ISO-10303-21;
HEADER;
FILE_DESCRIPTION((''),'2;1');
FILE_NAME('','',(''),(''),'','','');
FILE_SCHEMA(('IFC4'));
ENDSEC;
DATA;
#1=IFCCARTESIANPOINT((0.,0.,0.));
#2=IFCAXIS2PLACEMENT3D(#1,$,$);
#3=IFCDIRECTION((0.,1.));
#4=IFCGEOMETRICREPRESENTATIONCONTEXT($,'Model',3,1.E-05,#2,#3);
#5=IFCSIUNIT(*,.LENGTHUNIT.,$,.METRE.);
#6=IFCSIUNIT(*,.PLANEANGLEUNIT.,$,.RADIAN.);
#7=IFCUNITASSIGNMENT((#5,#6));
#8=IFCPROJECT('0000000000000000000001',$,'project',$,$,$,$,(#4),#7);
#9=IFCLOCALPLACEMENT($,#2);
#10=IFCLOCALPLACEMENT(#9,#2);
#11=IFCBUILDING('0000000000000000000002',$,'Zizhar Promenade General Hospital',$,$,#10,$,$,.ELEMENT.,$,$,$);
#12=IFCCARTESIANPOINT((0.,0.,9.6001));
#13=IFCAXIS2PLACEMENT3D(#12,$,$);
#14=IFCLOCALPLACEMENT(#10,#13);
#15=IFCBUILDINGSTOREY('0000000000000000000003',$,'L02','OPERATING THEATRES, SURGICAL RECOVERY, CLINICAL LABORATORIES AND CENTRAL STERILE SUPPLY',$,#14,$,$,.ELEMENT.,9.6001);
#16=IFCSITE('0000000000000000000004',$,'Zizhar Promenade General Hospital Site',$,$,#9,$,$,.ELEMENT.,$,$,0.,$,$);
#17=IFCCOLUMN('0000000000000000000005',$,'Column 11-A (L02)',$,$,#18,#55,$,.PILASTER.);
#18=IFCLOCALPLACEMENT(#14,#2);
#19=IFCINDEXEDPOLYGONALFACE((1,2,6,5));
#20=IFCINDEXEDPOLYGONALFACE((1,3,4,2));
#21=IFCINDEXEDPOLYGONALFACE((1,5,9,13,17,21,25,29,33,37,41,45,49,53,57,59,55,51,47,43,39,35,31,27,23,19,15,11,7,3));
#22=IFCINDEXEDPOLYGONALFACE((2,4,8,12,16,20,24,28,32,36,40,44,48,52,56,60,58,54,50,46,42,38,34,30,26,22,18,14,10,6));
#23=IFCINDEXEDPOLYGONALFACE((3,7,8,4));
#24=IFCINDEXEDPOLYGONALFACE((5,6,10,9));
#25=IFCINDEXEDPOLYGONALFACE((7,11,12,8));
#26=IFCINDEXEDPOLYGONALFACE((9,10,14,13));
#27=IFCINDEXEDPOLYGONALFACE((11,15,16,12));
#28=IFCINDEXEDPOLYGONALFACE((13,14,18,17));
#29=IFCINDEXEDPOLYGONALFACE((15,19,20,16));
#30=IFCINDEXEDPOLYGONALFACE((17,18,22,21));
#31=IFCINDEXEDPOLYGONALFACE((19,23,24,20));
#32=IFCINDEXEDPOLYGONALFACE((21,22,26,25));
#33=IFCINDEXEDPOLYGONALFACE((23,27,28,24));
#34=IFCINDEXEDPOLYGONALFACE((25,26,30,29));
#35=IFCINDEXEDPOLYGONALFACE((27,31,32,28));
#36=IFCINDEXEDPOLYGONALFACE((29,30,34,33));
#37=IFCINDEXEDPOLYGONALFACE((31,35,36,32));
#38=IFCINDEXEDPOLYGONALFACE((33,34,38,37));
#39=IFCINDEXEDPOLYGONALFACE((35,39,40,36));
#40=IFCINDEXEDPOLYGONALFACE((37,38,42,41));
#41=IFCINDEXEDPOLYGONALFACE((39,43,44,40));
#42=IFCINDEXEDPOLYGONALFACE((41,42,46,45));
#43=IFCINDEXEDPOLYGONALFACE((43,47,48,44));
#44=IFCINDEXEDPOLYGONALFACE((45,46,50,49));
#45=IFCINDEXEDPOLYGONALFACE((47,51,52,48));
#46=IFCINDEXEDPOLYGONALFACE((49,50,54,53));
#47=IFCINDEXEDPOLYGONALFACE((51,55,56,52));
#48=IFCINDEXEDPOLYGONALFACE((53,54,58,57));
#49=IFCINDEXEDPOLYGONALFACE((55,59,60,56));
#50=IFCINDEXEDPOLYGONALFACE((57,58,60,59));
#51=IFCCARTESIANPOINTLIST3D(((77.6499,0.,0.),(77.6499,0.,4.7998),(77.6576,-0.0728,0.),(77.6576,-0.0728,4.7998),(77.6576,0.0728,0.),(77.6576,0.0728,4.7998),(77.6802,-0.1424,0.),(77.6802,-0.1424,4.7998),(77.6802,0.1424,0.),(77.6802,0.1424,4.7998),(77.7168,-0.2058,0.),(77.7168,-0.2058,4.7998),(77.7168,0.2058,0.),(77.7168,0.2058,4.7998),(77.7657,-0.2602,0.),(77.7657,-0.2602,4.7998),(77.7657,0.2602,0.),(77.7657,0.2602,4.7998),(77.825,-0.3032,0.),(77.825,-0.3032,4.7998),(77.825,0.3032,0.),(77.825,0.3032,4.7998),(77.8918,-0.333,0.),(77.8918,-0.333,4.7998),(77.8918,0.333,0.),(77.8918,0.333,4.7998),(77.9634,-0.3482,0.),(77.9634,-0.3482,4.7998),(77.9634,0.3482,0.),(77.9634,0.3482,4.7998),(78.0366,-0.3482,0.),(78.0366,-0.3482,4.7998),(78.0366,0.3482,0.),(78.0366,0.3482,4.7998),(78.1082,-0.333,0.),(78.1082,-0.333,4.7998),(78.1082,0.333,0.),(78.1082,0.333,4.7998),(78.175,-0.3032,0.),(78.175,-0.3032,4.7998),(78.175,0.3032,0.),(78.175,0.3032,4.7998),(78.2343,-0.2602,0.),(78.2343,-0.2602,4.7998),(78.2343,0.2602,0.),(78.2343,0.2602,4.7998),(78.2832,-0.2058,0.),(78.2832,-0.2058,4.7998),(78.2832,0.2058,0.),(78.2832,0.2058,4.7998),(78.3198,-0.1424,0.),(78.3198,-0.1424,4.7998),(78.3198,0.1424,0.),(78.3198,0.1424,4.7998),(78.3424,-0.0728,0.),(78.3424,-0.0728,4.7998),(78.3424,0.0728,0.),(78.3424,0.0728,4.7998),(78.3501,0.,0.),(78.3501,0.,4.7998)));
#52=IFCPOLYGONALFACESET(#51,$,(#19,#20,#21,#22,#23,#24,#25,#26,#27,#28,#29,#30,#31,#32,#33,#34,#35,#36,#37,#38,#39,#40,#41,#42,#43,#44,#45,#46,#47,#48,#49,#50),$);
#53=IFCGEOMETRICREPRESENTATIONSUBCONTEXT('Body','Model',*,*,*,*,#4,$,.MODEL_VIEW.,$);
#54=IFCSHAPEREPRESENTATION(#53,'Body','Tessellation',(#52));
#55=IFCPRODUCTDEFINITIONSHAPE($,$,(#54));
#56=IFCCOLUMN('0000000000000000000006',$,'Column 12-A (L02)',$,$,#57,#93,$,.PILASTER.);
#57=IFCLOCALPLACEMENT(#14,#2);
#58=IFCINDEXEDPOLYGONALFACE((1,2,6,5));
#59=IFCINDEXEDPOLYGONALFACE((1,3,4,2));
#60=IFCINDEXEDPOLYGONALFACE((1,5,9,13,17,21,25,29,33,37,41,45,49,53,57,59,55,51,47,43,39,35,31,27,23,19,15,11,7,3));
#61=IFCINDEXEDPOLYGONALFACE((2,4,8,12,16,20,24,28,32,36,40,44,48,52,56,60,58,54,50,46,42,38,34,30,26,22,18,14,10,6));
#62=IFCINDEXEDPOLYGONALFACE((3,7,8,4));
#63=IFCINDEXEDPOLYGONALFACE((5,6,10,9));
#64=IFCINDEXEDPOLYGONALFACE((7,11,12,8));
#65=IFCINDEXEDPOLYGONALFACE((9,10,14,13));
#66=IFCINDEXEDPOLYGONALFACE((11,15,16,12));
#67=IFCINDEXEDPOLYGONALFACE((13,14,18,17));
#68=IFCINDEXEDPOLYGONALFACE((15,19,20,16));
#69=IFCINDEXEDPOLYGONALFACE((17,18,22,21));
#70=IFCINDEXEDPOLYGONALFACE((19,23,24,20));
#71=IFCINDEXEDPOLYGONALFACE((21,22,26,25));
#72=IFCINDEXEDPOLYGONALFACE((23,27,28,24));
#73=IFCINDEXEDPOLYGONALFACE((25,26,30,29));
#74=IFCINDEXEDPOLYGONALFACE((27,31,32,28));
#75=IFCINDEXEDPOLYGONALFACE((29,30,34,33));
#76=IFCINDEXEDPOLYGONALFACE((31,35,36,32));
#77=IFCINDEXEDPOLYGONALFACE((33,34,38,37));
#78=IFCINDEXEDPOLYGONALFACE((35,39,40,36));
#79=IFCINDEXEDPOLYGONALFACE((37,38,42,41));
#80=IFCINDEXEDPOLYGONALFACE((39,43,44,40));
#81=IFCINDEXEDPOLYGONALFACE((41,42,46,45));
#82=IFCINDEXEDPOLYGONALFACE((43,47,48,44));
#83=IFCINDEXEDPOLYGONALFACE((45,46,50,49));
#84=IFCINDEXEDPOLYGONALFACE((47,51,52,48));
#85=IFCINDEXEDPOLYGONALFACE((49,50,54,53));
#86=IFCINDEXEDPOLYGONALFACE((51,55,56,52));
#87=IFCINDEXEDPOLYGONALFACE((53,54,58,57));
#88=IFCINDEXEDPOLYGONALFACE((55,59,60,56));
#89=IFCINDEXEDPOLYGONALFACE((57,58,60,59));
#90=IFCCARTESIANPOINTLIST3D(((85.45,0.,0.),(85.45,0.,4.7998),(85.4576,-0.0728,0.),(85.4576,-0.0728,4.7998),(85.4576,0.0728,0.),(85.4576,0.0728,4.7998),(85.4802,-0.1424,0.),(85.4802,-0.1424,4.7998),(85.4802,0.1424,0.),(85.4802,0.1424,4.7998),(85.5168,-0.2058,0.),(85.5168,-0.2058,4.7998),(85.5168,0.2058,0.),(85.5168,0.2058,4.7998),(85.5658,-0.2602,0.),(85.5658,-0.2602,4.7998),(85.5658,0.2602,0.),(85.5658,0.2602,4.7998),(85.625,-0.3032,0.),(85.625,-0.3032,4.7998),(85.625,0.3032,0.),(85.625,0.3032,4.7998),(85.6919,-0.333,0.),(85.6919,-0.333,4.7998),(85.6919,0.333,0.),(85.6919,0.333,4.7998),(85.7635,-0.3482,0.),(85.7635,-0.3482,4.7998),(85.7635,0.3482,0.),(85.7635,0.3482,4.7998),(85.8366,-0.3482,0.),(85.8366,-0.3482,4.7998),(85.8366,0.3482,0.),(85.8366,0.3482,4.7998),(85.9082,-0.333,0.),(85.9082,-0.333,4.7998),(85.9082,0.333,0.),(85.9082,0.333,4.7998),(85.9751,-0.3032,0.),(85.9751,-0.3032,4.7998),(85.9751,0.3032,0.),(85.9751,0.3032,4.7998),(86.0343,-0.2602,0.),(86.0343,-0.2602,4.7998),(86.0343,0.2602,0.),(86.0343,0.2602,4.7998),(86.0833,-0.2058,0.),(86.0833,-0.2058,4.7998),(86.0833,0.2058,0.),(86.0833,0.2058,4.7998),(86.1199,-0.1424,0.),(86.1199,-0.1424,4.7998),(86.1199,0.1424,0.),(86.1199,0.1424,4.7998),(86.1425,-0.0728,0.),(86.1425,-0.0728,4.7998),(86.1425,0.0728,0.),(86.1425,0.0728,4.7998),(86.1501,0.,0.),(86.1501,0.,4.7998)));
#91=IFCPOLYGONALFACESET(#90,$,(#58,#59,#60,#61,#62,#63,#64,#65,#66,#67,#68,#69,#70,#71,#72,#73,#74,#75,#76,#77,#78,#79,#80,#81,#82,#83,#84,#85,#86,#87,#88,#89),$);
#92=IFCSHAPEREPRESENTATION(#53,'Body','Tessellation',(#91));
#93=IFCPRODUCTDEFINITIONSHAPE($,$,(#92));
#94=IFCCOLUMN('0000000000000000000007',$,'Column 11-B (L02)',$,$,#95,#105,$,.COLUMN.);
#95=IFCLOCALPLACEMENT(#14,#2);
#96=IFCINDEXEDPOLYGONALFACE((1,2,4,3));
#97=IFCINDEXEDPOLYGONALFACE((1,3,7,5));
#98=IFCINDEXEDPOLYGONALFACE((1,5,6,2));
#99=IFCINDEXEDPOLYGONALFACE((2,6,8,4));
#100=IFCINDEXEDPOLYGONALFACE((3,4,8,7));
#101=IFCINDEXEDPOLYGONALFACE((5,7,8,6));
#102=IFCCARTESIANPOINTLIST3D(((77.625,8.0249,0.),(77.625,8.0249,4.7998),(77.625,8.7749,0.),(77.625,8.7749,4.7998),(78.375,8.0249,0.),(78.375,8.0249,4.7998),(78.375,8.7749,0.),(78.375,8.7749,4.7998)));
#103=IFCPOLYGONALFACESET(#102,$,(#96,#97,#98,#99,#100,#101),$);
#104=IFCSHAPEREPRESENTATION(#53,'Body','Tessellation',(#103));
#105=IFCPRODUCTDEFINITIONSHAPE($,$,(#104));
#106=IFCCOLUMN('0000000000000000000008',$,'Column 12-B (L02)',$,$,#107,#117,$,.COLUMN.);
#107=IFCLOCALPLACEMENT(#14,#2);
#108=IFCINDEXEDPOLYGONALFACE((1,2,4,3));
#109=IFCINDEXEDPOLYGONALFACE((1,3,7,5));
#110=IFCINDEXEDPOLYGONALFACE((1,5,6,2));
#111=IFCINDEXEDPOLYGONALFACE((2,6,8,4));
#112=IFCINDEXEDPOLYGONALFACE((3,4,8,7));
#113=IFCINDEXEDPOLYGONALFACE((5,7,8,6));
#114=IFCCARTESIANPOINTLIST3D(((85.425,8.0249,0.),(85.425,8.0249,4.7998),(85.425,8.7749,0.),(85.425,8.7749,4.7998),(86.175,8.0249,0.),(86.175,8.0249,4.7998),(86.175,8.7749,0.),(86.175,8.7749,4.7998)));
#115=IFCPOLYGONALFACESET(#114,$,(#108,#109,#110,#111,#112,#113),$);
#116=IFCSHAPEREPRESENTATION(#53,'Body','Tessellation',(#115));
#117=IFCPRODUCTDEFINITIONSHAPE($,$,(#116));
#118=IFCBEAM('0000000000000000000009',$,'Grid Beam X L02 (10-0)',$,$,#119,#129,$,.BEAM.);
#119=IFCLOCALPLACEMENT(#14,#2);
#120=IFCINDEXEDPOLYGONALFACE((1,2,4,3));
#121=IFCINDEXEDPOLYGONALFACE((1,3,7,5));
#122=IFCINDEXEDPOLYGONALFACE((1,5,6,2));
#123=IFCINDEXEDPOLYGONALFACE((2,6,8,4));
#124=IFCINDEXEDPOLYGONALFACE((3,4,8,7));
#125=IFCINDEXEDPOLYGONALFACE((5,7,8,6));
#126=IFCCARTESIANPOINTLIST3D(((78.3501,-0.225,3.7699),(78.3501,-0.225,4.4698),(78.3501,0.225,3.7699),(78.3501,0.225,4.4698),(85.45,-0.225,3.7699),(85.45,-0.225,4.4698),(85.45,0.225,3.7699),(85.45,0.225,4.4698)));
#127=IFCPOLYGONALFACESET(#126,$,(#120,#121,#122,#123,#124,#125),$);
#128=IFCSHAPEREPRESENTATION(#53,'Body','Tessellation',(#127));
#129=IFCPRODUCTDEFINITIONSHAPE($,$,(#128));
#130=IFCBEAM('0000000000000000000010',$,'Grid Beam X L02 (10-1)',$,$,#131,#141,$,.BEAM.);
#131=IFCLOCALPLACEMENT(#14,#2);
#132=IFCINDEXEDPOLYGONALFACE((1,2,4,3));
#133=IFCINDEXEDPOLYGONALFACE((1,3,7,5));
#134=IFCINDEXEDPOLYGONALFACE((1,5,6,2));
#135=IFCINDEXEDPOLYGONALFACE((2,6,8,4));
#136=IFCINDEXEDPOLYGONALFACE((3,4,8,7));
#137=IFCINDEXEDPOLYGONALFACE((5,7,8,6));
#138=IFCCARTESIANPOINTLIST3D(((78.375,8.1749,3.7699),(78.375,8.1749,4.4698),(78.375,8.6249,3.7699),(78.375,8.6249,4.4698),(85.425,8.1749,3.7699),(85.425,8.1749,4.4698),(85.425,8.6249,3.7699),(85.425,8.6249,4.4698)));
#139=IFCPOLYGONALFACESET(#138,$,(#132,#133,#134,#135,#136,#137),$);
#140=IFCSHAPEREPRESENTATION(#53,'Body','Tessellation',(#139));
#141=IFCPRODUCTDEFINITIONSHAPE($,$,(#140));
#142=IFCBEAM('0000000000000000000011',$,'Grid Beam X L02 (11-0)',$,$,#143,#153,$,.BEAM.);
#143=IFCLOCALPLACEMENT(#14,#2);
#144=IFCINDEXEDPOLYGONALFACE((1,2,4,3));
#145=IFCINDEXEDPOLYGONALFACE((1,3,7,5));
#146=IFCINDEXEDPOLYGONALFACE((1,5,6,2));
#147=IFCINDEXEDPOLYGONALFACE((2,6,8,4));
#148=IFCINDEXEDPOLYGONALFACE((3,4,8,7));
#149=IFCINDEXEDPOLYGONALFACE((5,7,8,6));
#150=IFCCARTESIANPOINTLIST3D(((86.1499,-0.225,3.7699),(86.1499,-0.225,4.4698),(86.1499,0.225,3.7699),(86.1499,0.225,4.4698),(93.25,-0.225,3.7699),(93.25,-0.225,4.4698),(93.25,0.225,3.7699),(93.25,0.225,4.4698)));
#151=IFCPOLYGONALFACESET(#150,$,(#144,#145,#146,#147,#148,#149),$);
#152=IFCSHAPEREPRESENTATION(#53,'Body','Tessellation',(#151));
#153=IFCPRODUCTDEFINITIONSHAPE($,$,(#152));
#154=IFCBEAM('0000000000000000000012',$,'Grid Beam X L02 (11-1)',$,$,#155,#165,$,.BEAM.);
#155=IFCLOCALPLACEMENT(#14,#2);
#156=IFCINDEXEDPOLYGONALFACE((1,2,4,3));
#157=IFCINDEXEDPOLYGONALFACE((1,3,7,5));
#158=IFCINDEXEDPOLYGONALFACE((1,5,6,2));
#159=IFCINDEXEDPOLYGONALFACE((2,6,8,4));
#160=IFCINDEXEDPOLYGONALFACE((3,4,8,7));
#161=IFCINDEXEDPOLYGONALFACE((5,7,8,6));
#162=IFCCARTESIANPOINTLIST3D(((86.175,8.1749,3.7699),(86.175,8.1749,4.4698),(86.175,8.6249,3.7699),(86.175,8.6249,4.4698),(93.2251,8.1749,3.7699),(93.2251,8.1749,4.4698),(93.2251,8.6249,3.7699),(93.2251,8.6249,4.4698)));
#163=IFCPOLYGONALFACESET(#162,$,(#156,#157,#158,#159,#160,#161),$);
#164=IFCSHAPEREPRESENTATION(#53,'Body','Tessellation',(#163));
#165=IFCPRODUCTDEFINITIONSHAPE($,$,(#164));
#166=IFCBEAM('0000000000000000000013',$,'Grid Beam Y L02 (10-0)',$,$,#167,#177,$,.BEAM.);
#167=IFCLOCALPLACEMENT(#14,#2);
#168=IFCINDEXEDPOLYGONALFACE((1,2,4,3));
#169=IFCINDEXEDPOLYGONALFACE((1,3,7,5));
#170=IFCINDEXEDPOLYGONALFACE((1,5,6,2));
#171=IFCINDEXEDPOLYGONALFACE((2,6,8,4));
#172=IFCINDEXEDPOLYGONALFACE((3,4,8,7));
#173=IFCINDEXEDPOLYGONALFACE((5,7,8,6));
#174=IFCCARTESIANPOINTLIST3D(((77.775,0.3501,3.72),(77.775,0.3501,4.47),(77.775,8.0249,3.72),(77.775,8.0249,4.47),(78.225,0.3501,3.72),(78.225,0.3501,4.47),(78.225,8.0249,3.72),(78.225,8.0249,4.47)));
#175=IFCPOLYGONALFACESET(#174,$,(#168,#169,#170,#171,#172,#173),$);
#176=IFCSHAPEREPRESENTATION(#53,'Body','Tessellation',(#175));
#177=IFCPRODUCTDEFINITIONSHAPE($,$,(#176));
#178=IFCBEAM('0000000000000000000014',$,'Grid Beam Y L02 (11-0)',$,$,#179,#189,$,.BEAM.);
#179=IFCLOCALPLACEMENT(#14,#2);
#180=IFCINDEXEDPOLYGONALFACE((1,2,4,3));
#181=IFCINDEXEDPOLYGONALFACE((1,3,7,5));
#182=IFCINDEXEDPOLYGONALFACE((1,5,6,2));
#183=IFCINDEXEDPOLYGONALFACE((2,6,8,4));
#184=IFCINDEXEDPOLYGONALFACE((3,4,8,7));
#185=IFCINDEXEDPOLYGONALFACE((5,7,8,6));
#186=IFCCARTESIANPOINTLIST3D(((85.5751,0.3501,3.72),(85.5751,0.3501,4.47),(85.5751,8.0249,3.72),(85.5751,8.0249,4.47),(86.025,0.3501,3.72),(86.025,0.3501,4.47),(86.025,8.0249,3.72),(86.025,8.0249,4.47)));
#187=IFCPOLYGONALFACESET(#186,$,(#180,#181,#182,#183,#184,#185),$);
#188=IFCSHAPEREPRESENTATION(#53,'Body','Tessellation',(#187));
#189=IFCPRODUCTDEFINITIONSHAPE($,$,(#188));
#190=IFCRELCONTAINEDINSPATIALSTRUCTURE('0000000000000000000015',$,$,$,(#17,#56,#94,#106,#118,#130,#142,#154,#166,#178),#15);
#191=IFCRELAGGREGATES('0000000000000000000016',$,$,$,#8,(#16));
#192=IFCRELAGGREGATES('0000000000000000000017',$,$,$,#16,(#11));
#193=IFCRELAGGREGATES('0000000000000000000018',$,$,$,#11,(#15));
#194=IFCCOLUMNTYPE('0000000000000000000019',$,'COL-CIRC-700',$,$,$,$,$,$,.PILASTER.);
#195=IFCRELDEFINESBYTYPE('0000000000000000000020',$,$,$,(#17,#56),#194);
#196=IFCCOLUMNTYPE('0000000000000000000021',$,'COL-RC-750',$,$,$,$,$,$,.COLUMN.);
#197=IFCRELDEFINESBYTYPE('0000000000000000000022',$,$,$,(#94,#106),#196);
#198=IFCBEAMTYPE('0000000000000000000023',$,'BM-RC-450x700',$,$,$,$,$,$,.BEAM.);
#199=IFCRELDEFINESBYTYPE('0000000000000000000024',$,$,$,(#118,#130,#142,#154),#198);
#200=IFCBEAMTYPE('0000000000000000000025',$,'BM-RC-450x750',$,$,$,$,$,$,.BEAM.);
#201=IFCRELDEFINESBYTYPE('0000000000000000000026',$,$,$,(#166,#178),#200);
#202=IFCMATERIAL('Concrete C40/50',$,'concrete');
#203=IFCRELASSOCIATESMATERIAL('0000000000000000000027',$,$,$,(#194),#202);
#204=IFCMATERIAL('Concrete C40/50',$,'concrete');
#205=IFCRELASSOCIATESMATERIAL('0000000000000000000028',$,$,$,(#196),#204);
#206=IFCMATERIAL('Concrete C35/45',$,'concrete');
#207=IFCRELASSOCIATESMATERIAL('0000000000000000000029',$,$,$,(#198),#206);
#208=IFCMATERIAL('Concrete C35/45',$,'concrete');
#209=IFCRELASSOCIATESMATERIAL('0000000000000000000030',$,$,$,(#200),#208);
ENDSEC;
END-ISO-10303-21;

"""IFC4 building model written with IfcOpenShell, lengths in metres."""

from ifc_helpers import new_model, si_unit, direction, frame, origin, origin_2d, place, context, subcontext, project, spatial, rectangle, circle, extrude, material, material_profile, profile_set, type_object, element, save


model = new_model("IFC4")

# Units and contexts
model_context = context("Model", 3, precision=1e-05, world=origin(), true_north=direction((0.0, 1.0)))
body_context = subcontext(model_context, "Body", "Model", "MODEL_VIEW")
ifc_project = project(units=[si_unit("LENGTHUNIT", "METRE"), si_unit("PLANEANGLEUNIT", "RADIAN")], contexts=[model_context])

# Site, building, storey
site_placement = place(None, origin())
site = spatial("IfcSite", under=ifc_project, at=site_placement, Name="Zizhar Promenade General Hospital Site", CompositionType="ELEMENT", RefElevation=0.0)
building_placement = place(site_placement, origin())
building = spatial("IfcBuilding", under=site, at=building_placement, Name="Zizhar Promenade General Hospital", CompositionType="ELEMENT")
storey_placement = place(building_placement, frame((0.0, 0.0, 9.6001)))
storey = spatial("IfcBuildingStorey", under=building, at=storey_placement, Name="L02", Description="OPERATING THEATRES, SURGICAL RECOVERY, CLINICAL LABORATORIES AND CENTRAL STERILE SUPPLY", CompositionType="ELEMENT", Elevation=9.6001)

# Columns
ifc_material_1 = material(Name="Concrete C40/50", Category="concrete")
ifc_material_profile_1 = material_profile(ifc_material_1, circle(Radius=0.3501, at=origin_2d()))
ifc_profile_set_1 = profile_set([ifc_material_profile_1], Name="Concrete C40/50")
column_type_1 = type_object("IfcColumnType", Name="COL-CIRC-700", PredefinedType="PILASTER", material=ifc_profile_set_1)
for number, where, z_axis, x_axis, name in (
    (1, (78.0, 0.0, 0.0), (0.0, 0.0, 1.0), (1.0, 0.0, 0.0), "Column 11-A (L02)"),
    (2, (85.8, 0.0, 0.0), (0.0, 0.0, 1.0), (1.0, 0.0, 0.0), "Column 12-A (L02)"),
):
    element("IfcColumn", number, at=place(storey_placement, frame(where, z_axis=z_axis, x_axis=x_axis)), inside=storey, type_object=column_type_1, Name=name, PredefinedType="PILASTER", context=body_context, shape_type="SweptSolid", body=[
        extrude(circle(Radius=0.3501, at=origin_2d()), origin(), (0.0, 0.0, 1.0), 4.7998),
    ])
ifc_material_2 = material(Name="Concrete C40/50", Category="concrete")
ifc_material_profile_2 = material_profile(ifc_material_2, rectangle(XDim=0.75, YDim=0.75, at=origin_2d()))
ifc_profile_set_2 = profile_set([ifc_material_profile_2], Name="Concrete C40/50")
column_type_2 = type_object("IfcColumnType", Name="COL-RC-750", PredefinedType="COLUMN", material=ifc_profile_set_2)
for number, where, z_axis, x_axis, name in (
    (3, (78.0, 8.3999, 0.0), (0.0, 0.0, 1.0), (1.0, 0.0, 0.0), "Column 11-B (L02)"),
    (4, (85.8, 8.3999, 0.0), (0.0, 0.0, 1.0), (1.0, 0.0, 0.0), "Column 12-B (L02)"),
):
    element("IfcColumn", number, at=place(storey_placement, frame(where, z_axis=z_axis, x_axis=x_axis)), inside=storey, type_object=column_type_2, Name=name, PredefinedType="COLUMN", context=body_context, shape_type="SweptSolid", body=[
        extrude(rectangle(XDim=0.75, YDim=0.75, at=origin_2d()), origin(), (0.0, 0.0, 1.0), 4.7998),
    ])

# Beams
ifc_material_3 = material(Name="Concrete C35/45", Category="concrete")
ifc_material_profile_3 = material_profile(ifc_material_3, rectangle(XDim=0.45, YDim=0.7, at=origin_2d()))
ifc_profile_set_3 = profile_set([ifc_material_profile_3], Name="Concrete C35/45")
beam_type_1 = type_object("IfcBeamType", Name="BM-RC-450x700", PredefinedType="BEAM", material=ifc_profile_set_3)
beam_1_placement = place(storey_placement, frame((78.3501, 0.0, 4.1199), z_axis=(1.0, 0.0, 0.0), x_axis=(0.0, 1.0, 0.0)))
element("IfcBeam", 5, at=beam_1_placement, inside=storey, type_object=beam_type_1, Name="Grid Beam X L02 (10-0)", PredefinedType="BEAM", context=body_context, shape_type="SweptSolid", body=[
    extrude(rectangle(XDim=0.45, YDim=0.7, at=origin_2d()), origin(), (0.0, 0.0, 1.0), 7.0999),
])
beam_2_placement = place(storey_placement, frame((78.375, 8.3999, 4.1199), z_axis=(1.0, 0.0, 0.0), x_axis=(0.0, 1.0, 0.0)))
element("IfcBeam", 6, at=beam_2_placement, inside=storey, type_object=beam_type_1, Name="Grid Beam X L02 (10-1)", PredefinedType="BEAM", context=body_context, shape_type="SweptSolid", body=[
    extrude(rectangle(XDim=0.45, YDim=0.7, at=origin_2d()), origin(), (0.0, 0.0, 1.0), 7.05),
])
beam_3_placement = place(storey_placement, frame((86.1499, 0.0, 4.1199), z_axis=(1.0, 0.0, 0.0), x_axis=(0.0, 1.0, 0.0)))
element("IfcBeam", 7, at=beam_3_placement, inside=storey, type_object=beam_type_1, Name="Grid Beam X L02 (11-0)", PredefinedType="BEAM", context=body_context, shape_type="SweptSolid", body=[
    extrude(rectangle(XDim=0.45, YDim=0.7, at=origin_2d()), origin(), (0.0, 0.0, 1.0), 7.1001),
])
beam_4_placement = place(storey_placement, frame((86.175, 8.3999, 4.1199), z_axis=(1.0, 0.0, 0.0), x_axis=(0.0, 1.0, 0.0)))
element("IfcBeam", 8, at=beam_4_placement, inside=storey, type_object=beam_type_1, Name="Grid Beam X L02 (11-1)", PredefinedType="BEAM", context=body_context, shape_type="SweptSolid", body=[
    extrude(rectangle(XDim=0.45, YDim=0.7, at=origin_2d()), origin(), (0.0, 0.0, 1.0), 7.05),
])
ifc_material_4 = material(Name="Concrete C35/45", Category="concrete")
ifc_material_profile_4 = material_profile(ifc_material_4, rectangle(XDim=0.45, YDim=0.75, at=origin_2d()))
ifc_profile_set_4 = profile_set([ifc_material_profile_4], Name="Concrete C35/45")
beam_type_2 = type_object("IfcBeamType", Name="BM-RC-450x750", PredefinedType="BEAM", material=ifc_profile_set_4)
for number, where, z_axis, x_axis, name in (
    (9, (78.0, 0.3501, 4.095), (0.0, 1.0, 0.0), (-1.0, 0.0, 0.0), "Grid Beam Y L02 (10-0)"),
    (10, (85.8, 0.3501, 4.095), (0.0, 1.0, 0.0), (-1.0, 0.0, 0.0), "Grid Beam Y L02 (11-0)"),
):
    element("IfcBeam", number, at=place(storey_placement, frame(where, z_axis=z_axis, x_axis=x_axis)), inside=storey, type_object=beam_type_2, Name=name, PredefinedType="BEAM", context=body_context, shape_type="SweptSolid", body=[
        extrude(rectangle(XDim=0.45, YDim=0.75, at=origin_2d()), origin(), (0.0, 0.0, 1.0), 7.6748),
    ])

save(model, "model.ifc")
